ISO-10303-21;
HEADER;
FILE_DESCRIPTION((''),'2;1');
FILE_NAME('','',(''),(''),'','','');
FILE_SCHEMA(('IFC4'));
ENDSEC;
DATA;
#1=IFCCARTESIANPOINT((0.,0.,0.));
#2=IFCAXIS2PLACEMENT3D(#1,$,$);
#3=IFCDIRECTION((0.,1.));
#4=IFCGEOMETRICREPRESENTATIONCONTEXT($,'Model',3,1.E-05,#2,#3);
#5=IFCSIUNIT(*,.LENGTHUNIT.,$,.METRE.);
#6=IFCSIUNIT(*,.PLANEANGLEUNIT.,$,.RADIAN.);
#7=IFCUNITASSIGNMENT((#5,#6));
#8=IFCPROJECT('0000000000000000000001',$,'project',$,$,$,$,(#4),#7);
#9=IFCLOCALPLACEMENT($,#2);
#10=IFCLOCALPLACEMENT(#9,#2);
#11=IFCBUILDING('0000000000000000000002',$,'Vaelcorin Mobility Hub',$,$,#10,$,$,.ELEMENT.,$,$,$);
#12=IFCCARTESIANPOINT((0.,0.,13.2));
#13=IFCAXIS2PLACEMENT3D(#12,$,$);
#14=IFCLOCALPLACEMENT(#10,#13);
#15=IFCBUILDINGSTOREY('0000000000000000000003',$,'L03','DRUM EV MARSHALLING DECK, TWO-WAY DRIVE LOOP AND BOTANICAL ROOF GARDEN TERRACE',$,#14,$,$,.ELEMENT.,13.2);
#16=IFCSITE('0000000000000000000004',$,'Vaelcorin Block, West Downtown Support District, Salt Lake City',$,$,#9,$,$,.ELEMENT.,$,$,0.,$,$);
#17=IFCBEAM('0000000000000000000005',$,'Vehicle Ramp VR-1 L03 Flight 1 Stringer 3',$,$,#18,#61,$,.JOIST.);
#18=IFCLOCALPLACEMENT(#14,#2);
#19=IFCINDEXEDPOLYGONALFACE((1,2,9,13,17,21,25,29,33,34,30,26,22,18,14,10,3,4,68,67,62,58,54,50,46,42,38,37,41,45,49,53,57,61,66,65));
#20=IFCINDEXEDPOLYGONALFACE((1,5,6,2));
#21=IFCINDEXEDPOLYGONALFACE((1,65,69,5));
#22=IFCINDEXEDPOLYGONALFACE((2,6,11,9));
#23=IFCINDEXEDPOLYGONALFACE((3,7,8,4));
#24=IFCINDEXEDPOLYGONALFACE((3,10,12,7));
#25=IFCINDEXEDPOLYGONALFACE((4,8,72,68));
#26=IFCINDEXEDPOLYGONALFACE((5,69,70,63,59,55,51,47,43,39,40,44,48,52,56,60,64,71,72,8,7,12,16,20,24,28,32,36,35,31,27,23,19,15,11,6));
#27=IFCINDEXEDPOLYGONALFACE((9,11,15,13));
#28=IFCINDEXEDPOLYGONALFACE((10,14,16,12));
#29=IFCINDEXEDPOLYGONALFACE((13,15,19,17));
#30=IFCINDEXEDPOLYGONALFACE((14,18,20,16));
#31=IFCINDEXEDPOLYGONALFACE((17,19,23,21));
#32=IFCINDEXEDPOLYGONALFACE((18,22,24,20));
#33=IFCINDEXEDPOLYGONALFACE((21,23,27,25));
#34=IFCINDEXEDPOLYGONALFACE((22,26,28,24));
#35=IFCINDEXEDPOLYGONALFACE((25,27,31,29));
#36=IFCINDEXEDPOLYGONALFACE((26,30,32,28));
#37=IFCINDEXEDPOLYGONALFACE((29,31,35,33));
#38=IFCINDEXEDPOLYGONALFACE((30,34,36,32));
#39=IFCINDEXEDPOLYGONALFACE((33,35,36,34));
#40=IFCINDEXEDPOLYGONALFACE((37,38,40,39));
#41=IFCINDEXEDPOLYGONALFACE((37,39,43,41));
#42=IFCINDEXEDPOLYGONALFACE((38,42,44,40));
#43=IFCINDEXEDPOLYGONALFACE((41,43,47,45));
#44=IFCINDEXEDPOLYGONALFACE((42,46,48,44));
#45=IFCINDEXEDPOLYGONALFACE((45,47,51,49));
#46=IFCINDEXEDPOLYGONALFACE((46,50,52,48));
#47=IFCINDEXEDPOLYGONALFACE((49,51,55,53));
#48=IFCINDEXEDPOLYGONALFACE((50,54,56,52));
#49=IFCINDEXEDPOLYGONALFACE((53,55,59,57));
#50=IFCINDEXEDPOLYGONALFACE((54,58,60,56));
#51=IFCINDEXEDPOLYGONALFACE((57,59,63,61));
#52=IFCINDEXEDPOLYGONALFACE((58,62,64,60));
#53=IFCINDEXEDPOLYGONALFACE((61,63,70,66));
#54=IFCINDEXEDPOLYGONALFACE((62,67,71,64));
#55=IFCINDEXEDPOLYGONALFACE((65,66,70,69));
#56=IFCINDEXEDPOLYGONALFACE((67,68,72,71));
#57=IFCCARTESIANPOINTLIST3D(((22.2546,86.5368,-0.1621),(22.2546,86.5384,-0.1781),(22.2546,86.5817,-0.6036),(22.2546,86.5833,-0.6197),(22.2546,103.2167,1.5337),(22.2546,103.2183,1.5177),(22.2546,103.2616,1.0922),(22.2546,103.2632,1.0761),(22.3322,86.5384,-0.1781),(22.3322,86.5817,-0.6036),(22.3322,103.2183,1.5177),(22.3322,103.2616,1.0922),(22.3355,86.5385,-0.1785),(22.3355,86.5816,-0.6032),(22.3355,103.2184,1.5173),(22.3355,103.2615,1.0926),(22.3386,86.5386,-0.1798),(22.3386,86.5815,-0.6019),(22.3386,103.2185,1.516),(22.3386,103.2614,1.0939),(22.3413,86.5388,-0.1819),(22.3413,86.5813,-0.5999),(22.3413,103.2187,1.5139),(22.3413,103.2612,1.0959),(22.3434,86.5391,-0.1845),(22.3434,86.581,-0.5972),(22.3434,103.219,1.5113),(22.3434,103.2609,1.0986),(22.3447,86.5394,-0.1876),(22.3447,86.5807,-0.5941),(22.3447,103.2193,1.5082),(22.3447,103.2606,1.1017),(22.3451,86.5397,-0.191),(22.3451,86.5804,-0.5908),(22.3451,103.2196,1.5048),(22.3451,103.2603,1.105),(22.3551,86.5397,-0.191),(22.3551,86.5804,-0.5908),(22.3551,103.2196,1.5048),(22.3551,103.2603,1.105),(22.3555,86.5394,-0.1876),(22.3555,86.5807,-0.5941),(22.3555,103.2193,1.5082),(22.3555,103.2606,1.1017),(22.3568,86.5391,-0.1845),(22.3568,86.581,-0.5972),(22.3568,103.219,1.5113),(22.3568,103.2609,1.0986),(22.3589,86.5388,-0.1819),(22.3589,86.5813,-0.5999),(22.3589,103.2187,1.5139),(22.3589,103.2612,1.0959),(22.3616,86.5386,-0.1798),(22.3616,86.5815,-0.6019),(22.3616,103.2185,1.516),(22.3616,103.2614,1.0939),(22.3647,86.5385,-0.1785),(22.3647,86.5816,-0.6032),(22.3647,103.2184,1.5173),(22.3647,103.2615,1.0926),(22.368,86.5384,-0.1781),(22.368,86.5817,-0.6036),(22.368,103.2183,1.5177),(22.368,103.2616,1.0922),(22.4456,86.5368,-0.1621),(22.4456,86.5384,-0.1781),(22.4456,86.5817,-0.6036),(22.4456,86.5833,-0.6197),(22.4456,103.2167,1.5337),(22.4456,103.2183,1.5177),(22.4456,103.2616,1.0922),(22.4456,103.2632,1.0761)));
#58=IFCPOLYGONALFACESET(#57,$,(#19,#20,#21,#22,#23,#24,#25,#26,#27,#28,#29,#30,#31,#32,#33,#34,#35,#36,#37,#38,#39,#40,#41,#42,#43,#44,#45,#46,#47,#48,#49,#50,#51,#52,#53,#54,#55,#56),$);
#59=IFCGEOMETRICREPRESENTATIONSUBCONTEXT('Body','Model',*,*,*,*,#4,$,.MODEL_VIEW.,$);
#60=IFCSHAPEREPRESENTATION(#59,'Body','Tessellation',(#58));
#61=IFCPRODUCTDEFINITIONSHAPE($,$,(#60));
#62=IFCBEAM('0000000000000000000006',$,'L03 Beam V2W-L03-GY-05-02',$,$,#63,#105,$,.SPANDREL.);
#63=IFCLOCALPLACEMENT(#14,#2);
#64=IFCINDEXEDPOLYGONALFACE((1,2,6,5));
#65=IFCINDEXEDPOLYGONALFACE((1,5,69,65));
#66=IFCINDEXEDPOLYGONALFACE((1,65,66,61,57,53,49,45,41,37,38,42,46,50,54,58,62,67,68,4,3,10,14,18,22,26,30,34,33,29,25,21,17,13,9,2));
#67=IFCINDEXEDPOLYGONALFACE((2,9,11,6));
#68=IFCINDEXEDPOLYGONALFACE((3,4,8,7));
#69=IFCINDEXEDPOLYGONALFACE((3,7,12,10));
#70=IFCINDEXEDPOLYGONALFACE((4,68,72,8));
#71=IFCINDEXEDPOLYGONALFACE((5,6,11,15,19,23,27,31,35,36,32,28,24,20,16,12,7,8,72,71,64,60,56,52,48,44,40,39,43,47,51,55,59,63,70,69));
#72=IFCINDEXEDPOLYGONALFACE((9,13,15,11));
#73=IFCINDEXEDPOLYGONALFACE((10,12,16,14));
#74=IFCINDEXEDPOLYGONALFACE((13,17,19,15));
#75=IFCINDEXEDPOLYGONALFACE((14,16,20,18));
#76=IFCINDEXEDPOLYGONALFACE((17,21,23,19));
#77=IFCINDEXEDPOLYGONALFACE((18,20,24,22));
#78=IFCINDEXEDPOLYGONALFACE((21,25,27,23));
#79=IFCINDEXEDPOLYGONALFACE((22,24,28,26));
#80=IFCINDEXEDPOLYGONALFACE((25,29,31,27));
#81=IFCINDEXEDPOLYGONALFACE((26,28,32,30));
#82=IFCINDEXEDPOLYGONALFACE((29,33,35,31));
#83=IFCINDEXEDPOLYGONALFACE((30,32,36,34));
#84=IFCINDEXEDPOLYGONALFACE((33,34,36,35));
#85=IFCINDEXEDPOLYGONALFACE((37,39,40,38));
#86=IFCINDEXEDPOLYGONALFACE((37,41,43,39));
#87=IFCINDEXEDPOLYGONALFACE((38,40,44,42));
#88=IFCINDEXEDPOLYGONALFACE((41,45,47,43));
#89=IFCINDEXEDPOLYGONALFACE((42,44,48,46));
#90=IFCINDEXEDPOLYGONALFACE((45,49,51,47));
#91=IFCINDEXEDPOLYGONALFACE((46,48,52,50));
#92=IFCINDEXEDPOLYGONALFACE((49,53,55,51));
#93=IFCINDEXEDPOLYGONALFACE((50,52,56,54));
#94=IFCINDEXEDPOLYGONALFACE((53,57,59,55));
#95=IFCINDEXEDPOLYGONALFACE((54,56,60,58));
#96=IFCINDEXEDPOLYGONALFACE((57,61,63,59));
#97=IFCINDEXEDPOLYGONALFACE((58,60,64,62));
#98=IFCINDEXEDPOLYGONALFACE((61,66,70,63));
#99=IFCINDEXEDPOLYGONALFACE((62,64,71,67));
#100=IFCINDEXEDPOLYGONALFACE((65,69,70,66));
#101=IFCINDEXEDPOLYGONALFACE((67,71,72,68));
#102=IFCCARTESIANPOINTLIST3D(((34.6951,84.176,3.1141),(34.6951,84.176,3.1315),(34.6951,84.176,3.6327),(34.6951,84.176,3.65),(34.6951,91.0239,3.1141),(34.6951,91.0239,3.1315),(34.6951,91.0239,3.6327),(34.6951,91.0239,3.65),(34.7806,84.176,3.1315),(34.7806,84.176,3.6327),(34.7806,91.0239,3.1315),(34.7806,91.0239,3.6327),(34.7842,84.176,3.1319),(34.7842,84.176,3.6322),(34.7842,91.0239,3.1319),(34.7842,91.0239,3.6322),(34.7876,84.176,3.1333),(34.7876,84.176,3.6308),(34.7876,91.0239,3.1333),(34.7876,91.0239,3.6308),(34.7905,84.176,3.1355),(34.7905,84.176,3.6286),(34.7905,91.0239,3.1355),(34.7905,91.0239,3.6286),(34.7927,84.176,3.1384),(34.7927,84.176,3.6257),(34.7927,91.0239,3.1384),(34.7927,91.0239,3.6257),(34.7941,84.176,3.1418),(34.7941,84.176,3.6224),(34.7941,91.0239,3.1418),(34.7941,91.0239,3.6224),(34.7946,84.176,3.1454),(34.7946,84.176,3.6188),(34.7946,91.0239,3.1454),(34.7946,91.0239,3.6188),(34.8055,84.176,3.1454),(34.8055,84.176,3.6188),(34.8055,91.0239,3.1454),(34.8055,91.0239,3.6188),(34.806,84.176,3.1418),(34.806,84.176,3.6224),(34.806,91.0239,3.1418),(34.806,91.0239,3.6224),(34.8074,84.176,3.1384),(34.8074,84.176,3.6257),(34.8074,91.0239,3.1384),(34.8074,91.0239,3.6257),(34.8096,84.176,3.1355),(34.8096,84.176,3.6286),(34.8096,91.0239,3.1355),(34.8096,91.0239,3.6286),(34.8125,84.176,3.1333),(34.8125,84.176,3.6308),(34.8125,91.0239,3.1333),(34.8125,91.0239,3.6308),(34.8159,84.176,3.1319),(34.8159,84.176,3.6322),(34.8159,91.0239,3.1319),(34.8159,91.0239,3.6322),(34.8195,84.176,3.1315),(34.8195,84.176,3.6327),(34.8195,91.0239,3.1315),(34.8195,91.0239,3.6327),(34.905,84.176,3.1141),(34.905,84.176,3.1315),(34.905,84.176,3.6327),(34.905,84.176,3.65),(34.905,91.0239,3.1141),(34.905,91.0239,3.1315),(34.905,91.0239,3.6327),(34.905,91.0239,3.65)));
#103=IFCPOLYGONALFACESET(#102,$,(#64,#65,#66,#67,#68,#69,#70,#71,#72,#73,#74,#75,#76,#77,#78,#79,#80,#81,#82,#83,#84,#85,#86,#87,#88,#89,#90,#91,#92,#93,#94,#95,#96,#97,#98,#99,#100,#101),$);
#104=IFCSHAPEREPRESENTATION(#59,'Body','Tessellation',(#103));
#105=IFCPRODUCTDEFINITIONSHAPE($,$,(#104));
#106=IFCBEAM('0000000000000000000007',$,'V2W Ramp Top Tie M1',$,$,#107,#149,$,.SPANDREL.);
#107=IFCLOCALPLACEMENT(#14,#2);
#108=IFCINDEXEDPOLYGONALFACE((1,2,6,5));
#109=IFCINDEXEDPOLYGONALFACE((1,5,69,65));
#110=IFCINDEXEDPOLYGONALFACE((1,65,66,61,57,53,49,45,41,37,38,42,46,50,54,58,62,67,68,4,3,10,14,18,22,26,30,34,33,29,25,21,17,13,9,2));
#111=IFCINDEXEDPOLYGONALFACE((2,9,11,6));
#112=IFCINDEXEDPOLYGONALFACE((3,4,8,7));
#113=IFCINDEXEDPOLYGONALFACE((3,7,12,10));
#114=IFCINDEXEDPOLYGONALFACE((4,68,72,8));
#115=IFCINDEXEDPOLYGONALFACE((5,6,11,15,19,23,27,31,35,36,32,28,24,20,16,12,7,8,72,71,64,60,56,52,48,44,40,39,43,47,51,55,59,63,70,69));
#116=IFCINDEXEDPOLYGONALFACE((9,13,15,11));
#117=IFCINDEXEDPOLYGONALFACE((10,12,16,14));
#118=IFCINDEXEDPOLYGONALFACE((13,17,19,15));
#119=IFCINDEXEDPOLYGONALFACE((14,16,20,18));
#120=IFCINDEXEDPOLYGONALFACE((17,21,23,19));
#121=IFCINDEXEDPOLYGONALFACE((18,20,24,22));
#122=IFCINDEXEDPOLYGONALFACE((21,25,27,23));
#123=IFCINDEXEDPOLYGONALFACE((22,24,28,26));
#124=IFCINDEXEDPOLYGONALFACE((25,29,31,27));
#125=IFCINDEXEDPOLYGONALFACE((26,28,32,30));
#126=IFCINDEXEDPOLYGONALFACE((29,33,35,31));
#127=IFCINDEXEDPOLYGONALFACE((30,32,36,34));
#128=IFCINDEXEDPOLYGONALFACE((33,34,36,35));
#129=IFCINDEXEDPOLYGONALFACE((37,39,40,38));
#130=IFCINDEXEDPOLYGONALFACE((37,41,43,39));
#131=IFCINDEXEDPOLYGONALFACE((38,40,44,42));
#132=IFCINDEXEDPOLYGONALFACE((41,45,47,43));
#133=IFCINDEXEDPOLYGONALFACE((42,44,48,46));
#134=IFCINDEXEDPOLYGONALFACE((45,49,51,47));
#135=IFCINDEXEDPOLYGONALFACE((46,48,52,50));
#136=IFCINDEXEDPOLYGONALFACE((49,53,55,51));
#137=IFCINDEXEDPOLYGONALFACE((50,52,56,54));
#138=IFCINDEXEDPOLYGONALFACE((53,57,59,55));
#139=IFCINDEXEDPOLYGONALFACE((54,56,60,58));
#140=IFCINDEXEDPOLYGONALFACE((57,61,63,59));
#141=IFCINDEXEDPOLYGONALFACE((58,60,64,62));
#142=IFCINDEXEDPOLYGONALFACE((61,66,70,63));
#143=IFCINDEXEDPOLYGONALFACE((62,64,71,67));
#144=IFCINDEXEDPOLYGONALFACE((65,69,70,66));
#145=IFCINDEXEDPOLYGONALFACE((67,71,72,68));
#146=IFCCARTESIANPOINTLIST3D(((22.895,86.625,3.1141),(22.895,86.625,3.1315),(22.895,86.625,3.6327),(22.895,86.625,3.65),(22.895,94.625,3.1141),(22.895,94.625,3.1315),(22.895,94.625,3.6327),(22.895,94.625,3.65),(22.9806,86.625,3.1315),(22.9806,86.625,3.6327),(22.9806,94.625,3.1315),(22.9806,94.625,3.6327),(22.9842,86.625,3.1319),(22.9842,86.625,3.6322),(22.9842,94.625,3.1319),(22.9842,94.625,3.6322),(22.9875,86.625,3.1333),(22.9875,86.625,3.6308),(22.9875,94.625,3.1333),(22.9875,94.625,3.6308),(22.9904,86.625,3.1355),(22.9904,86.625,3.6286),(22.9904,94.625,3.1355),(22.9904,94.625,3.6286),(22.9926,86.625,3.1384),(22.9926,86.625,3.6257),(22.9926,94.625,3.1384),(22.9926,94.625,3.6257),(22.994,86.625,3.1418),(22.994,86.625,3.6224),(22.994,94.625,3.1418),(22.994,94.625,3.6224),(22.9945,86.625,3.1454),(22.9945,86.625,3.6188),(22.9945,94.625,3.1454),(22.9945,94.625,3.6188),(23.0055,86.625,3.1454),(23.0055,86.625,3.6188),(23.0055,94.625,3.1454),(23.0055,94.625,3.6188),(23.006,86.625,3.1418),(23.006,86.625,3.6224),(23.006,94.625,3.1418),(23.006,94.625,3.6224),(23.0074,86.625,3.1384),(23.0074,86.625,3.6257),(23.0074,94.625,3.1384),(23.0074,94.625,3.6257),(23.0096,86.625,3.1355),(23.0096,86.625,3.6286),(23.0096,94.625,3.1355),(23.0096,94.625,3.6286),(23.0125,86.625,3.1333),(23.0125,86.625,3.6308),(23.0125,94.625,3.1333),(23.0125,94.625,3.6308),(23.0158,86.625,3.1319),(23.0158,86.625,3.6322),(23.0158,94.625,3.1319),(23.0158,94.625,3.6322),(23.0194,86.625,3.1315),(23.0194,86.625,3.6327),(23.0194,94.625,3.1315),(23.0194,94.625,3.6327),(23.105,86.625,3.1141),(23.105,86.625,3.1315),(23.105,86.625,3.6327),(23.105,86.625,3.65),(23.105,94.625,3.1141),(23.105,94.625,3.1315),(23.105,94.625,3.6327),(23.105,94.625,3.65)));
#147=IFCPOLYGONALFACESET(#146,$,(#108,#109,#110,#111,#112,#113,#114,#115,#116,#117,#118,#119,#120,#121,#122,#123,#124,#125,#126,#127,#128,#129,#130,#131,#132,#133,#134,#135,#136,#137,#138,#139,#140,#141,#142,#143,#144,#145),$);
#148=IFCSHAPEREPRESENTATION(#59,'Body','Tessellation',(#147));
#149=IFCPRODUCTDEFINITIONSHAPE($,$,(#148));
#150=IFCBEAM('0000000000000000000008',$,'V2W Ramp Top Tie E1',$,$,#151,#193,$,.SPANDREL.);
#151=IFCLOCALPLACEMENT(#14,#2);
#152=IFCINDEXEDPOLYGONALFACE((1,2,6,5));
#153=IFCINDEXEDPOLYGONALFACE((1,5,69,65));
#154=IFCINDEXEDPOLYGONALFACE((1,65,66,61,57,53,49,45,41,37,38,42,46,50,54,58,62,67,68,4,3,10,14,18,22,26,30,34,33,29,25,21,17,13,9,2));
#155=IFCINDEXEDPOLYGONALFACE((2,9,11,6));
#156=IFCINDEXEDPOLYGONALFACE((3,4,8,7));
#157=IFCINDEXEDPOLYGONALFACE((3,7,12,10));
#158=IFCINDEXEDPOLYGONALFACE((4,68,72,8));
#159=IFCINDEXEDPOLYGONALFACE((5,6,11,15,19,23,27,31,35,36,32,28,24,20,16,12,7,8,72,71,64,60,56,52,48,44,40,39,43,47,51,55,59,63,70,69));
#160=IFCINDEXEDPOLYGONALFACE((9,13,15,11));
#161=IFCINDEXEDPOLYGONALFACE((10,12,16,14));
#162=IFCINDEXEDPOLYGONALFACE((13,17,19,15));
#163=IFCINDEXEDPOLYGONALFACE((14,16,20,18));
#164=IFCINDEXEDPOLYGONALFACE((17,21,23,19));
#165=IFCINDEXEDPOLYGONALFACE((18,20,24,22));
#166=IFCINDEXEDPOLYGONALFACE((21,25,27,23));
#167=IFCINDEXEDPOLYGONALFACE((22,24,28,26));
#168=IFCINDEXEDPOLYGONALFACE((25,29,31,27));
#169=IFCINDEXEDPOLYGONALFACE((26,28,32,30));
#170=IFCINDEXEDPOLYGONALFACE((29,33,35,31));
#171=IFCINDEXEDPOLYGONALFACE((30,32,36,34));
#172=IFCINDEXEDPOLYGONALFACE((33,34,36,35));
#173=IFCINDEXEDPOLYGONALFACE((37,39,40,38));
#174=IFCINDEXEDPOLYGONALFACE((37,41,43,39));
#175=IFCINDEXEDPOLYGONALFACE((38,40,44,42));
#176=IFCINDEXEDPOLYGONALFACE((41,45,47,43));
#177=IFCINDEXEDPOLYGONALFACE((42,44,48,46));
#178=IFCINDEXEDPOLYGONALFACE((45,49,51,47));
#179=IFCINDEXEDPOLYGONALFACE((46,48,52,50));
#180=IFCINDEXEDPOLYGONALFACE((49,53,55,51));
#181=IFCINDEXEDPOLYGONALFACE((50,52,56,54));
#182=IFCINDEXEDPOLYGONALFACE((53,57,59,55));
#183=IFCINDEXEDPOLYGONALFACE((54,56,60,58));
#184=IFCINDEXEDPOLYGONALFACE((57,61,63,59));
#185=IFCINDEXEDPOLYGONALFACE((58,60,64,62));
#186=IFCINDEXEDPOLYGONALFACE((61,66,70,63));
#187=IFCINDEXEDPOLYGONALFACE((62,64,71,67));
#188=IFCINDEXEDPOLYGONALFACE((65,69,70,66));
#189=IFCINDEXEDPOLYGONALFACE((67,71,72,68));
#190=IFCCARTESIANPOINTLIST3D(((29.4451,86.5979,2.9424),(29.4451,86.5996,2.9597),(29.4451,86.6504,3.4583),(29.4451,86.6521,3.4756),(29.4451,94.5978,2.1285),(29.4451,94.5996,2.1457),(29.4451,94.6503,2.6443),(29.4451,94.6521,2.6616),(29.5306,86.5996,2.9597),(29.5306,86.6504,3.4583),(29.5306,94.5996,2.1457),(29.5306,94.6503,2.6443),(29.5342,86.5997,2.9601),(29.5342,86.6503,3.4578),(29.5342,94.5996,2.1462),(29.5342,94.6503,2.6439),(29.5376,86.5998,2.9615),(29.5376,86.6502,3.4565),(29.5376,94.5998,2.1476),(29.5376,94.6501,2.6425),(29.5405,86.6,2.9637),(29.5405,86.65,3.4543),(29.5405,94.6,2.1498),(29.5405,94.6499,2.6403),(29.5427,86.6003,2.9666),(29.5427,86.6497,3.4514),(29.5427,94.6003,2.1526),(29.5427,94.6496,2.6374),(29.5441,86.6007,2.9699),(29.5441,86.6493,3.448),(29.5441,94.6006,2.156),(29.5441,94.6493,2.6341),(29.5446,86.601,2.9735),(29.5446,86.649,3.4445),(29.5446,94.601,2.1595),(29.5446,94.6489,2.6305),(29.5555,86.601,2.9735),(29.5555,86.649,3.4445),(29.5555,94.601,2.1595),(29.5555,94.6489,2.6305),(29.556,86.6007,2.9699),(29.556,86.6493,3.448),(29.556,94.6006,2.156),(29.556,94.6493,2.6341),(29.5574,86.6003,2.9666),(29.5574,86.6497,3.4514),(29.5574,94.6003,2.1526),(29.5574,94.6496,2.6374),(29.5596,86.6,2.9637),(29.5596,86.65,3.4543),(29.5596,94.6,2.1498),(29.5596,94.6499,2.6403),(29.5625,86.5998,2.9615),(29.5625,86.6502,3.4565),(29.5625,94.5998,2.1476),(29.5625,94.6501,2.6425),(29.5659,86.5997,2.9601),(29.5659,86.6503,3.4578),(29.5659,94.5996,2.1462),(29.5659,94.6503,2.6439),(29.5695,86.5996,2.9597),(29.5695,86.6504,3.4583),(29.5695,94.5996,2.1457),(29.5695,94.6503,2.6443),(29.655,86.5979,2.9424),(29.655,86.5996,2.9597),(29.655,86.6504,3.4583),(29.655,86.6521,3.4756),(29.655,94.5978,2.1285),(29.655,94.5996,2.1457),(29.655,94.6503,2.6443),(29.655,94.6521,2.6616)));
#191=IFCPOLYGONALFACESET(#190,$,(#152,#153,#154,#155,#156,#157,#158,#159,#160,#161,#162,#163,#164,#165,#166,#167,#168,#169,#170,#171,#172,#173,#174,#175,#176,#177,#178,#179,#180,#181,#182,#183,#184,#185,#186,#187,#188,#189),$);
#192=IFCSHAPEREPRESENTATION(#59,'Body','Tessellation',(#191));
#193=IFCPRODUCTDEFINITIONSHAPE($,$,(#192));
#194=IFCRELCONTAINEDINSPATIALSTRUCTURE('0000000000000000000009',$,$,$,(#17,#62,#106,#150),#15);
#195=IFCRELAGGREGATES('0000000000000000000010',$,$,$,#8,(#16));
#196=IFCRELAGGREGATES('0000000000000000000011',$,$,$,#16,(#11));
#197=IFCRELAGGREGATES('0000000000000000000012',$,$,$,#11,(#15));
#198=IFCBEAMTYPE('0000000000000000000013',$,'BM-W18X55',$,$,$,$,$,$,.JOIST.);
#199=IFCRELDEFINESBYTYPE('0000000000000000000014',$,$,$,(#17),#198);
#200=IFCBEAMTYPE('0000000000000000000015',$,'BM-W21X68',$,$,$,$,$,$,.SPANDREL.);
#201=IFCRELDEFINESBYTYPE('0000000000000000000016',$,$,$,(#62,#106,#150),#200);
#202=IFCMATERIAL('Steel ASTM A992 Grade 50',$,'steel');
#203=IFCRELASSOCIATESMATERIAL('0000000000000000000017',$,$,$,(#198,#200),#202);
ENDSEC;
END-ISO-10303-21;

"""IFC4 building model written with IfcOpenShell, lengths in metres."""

from ifc_helpers import new_model, si_unit, direction, frame, origin, origin_2d, place, context, subcontext, project, spatial, i_section, extrude, material, material_profile, profile_set, type_object, element, save


model = new_model("IFC4")

# Units and contexts
model_context = context("Model", 3, precision=1e-05, world=origin(), true_north=direction((0.0, 1.0)))
body_context = subcontext(model_context, "Body", "Model", "MODEL_VIEW")
ifc_project = project(units=[si_unit("LENGTHUNIT", "METRE"), si_unit("PLANEANGLEUNIT", "RADIAN")], contexts=[model_context])

# Site, building, storey
site_placement = place(None, origin())
site = spatial("IfcSite", under=ifc_project, at=site_placement, Name="Vaelcorin Block, West Downtown Support District, Salt Lake City", CompositionType="ELEMENT", RefElevation=0.0)
building_placement = place(site_placement, origin())
building = spatial("IfcBuilding", under=site, at=building_placement, Name="Vaelcorin Mobility Hub", CompositionType="ELEMENT")
storey_placement = place(building_placement, frame((0.0, 0.0, 13.2)))
storey = spatial("IfcBuildingStorey", under=building, at=storey_placement, Name="L03", Description="DRUM EV MARSHALLING DECK, TWO-WAY DRIVE LOOP AND BOTANICAL ROOF GARDEN TERRACE", CompositionType="ELEMENT", Elevation=13.2)

# Shared definitions
ifc_material_1 = material(Name="Steel ASTM A992 Grade 50", Category="steel")

# Beams
ifc_material_profile_1 = material_profile(ifc_material_1, i_section(OverallWidth=0.1909, OverallDepth=0.46, WebThickness=0.01, FlangeThickness=0.0161, FilletRadius=0.0129, at=origin_2d()), Name="W18X55")
ifc_profile_set_1 = profile_set([ifc_material_profile_1], Name="Steel ASTM A992 Grade 50")
beam_type_1 = type_object("IfcBeamType", Name="BM-W18X55", PredefinedType="JOIST", material=ifc_profile_set_1)
for number, where, z_axis, x_axis, name in (
    (1, (22.3501, 86.5601, -0.3909), (0.0, 0.994872, 0.101146), (-1.0, 0.0, 0.0), "Vehicle Ramp VR-1 L03 Flight 1 Stringer 3"),
):
    element("IfcBeam", number, at=place(storey_placement, frame(where, z_axis=z_axis, x_axis=x_axis)), inside=storey, type_object=beam_type_1, Name=name, PredefinedType="JOIST", context=body_context, shape_type="SweptSolid", body=[
        extrude(i_section(OverallWidth=0.1909, OverallDepth=0.46, WebThickness=0.01, FlangeThickness=0.0161, FilletRadius=0.0129, at=origin_2d()), origin(), (0.0, 0.0, 1.0), 16.7659),
    ])
ifc_material_profile_2 = material_profile(ifc_material_1, i_section(OverallWidth=0.21, OverallDepth=0.5359, WebThickness=0.011, FlangeThickness=0.0173, FilletRadius=0.0139, at=origin_2d()), Name="W21X68")
ifc_profile_set_2 = profile_set([ifc_material_profile_2], Name="Steel ASTM A992 Grade 50")
beam_type_2 = type_object("IfcBeamType", Name="BM-W21X68", PredefinedType="SPANDREL", material=ifc_profile_set_2)
beam_1_placement = place(storey_placement, frame((34.8, 84.176, 3.3821), z_axis=(0.0, 1.0, 0.0), x_axis=(-1.0, 0.0, 0.0)))
element("IfcBeam", 2, at=beam_1_placement, inside=storey, type_object=beam_type_2, Name="L03 Beam V2W-L03-GY-05-02", PredefinedType="SPANDREL", context=body_context, shape_type="SweptSolid", body=[
    extrude(i_section(OverallWidth=0.21, OverallDepth=0.5359, WebThickness=0.011, FlangeThickness=0.0173, FilletRadius=0.0139, at=origin_2d()), origin(), (0.0, 0.0, 1.0), 6.8479),
])
beam_2_placement = place(storey_placement, frame((23.0, 86.625, 3.3821), z_axis=(0.0, 1.0, 0.0), x_axis=(-1.0, 0.0, 0.0)))
element("IfcBeam", 3, at=beam_2_placement, inside=storey, type_object=beam_type_2, Name="V2W Ramp Top Tie M1", PredefinedType="SPANDREL", context=body_context, shape_type="SweptSolid", body=[
    extrude(i_section(OverallWidth=0.21, OverallDepth=0.5359, WebThickness=0.011, FlangeThickness=0.0173, FilletRadius=0.0139, at=origin_2d()), origin(), (0.0, 0.0, 1.0), 8.0),
])
beam_3_placement = place(storey_placement, frame((29.55, 86.625, 3.209), z_axis=(0.0, 0.994864, -0.101223), x_axis=(-1.0, 0.0, 0.0)))
element("IfcBeam", 4, at=beam_3_placement, inside=storey, type_object=beam_type_2, Name="V2W Ramp Top Tie E1", PredefinedType="SPANDREL", context=body_context, shape_type="SweptSolid", body=[
    extrude(i_section(OverallWidth=0.21, OverallDepth=0.5359, WebThickness=0.011, FlangeThickness=0.0173, FilletRadius=0.0139, at=origin_2d()), origin(), (0.0, 0.0, 1.0), 8.0413),
])

save(model, "model.ifc")
